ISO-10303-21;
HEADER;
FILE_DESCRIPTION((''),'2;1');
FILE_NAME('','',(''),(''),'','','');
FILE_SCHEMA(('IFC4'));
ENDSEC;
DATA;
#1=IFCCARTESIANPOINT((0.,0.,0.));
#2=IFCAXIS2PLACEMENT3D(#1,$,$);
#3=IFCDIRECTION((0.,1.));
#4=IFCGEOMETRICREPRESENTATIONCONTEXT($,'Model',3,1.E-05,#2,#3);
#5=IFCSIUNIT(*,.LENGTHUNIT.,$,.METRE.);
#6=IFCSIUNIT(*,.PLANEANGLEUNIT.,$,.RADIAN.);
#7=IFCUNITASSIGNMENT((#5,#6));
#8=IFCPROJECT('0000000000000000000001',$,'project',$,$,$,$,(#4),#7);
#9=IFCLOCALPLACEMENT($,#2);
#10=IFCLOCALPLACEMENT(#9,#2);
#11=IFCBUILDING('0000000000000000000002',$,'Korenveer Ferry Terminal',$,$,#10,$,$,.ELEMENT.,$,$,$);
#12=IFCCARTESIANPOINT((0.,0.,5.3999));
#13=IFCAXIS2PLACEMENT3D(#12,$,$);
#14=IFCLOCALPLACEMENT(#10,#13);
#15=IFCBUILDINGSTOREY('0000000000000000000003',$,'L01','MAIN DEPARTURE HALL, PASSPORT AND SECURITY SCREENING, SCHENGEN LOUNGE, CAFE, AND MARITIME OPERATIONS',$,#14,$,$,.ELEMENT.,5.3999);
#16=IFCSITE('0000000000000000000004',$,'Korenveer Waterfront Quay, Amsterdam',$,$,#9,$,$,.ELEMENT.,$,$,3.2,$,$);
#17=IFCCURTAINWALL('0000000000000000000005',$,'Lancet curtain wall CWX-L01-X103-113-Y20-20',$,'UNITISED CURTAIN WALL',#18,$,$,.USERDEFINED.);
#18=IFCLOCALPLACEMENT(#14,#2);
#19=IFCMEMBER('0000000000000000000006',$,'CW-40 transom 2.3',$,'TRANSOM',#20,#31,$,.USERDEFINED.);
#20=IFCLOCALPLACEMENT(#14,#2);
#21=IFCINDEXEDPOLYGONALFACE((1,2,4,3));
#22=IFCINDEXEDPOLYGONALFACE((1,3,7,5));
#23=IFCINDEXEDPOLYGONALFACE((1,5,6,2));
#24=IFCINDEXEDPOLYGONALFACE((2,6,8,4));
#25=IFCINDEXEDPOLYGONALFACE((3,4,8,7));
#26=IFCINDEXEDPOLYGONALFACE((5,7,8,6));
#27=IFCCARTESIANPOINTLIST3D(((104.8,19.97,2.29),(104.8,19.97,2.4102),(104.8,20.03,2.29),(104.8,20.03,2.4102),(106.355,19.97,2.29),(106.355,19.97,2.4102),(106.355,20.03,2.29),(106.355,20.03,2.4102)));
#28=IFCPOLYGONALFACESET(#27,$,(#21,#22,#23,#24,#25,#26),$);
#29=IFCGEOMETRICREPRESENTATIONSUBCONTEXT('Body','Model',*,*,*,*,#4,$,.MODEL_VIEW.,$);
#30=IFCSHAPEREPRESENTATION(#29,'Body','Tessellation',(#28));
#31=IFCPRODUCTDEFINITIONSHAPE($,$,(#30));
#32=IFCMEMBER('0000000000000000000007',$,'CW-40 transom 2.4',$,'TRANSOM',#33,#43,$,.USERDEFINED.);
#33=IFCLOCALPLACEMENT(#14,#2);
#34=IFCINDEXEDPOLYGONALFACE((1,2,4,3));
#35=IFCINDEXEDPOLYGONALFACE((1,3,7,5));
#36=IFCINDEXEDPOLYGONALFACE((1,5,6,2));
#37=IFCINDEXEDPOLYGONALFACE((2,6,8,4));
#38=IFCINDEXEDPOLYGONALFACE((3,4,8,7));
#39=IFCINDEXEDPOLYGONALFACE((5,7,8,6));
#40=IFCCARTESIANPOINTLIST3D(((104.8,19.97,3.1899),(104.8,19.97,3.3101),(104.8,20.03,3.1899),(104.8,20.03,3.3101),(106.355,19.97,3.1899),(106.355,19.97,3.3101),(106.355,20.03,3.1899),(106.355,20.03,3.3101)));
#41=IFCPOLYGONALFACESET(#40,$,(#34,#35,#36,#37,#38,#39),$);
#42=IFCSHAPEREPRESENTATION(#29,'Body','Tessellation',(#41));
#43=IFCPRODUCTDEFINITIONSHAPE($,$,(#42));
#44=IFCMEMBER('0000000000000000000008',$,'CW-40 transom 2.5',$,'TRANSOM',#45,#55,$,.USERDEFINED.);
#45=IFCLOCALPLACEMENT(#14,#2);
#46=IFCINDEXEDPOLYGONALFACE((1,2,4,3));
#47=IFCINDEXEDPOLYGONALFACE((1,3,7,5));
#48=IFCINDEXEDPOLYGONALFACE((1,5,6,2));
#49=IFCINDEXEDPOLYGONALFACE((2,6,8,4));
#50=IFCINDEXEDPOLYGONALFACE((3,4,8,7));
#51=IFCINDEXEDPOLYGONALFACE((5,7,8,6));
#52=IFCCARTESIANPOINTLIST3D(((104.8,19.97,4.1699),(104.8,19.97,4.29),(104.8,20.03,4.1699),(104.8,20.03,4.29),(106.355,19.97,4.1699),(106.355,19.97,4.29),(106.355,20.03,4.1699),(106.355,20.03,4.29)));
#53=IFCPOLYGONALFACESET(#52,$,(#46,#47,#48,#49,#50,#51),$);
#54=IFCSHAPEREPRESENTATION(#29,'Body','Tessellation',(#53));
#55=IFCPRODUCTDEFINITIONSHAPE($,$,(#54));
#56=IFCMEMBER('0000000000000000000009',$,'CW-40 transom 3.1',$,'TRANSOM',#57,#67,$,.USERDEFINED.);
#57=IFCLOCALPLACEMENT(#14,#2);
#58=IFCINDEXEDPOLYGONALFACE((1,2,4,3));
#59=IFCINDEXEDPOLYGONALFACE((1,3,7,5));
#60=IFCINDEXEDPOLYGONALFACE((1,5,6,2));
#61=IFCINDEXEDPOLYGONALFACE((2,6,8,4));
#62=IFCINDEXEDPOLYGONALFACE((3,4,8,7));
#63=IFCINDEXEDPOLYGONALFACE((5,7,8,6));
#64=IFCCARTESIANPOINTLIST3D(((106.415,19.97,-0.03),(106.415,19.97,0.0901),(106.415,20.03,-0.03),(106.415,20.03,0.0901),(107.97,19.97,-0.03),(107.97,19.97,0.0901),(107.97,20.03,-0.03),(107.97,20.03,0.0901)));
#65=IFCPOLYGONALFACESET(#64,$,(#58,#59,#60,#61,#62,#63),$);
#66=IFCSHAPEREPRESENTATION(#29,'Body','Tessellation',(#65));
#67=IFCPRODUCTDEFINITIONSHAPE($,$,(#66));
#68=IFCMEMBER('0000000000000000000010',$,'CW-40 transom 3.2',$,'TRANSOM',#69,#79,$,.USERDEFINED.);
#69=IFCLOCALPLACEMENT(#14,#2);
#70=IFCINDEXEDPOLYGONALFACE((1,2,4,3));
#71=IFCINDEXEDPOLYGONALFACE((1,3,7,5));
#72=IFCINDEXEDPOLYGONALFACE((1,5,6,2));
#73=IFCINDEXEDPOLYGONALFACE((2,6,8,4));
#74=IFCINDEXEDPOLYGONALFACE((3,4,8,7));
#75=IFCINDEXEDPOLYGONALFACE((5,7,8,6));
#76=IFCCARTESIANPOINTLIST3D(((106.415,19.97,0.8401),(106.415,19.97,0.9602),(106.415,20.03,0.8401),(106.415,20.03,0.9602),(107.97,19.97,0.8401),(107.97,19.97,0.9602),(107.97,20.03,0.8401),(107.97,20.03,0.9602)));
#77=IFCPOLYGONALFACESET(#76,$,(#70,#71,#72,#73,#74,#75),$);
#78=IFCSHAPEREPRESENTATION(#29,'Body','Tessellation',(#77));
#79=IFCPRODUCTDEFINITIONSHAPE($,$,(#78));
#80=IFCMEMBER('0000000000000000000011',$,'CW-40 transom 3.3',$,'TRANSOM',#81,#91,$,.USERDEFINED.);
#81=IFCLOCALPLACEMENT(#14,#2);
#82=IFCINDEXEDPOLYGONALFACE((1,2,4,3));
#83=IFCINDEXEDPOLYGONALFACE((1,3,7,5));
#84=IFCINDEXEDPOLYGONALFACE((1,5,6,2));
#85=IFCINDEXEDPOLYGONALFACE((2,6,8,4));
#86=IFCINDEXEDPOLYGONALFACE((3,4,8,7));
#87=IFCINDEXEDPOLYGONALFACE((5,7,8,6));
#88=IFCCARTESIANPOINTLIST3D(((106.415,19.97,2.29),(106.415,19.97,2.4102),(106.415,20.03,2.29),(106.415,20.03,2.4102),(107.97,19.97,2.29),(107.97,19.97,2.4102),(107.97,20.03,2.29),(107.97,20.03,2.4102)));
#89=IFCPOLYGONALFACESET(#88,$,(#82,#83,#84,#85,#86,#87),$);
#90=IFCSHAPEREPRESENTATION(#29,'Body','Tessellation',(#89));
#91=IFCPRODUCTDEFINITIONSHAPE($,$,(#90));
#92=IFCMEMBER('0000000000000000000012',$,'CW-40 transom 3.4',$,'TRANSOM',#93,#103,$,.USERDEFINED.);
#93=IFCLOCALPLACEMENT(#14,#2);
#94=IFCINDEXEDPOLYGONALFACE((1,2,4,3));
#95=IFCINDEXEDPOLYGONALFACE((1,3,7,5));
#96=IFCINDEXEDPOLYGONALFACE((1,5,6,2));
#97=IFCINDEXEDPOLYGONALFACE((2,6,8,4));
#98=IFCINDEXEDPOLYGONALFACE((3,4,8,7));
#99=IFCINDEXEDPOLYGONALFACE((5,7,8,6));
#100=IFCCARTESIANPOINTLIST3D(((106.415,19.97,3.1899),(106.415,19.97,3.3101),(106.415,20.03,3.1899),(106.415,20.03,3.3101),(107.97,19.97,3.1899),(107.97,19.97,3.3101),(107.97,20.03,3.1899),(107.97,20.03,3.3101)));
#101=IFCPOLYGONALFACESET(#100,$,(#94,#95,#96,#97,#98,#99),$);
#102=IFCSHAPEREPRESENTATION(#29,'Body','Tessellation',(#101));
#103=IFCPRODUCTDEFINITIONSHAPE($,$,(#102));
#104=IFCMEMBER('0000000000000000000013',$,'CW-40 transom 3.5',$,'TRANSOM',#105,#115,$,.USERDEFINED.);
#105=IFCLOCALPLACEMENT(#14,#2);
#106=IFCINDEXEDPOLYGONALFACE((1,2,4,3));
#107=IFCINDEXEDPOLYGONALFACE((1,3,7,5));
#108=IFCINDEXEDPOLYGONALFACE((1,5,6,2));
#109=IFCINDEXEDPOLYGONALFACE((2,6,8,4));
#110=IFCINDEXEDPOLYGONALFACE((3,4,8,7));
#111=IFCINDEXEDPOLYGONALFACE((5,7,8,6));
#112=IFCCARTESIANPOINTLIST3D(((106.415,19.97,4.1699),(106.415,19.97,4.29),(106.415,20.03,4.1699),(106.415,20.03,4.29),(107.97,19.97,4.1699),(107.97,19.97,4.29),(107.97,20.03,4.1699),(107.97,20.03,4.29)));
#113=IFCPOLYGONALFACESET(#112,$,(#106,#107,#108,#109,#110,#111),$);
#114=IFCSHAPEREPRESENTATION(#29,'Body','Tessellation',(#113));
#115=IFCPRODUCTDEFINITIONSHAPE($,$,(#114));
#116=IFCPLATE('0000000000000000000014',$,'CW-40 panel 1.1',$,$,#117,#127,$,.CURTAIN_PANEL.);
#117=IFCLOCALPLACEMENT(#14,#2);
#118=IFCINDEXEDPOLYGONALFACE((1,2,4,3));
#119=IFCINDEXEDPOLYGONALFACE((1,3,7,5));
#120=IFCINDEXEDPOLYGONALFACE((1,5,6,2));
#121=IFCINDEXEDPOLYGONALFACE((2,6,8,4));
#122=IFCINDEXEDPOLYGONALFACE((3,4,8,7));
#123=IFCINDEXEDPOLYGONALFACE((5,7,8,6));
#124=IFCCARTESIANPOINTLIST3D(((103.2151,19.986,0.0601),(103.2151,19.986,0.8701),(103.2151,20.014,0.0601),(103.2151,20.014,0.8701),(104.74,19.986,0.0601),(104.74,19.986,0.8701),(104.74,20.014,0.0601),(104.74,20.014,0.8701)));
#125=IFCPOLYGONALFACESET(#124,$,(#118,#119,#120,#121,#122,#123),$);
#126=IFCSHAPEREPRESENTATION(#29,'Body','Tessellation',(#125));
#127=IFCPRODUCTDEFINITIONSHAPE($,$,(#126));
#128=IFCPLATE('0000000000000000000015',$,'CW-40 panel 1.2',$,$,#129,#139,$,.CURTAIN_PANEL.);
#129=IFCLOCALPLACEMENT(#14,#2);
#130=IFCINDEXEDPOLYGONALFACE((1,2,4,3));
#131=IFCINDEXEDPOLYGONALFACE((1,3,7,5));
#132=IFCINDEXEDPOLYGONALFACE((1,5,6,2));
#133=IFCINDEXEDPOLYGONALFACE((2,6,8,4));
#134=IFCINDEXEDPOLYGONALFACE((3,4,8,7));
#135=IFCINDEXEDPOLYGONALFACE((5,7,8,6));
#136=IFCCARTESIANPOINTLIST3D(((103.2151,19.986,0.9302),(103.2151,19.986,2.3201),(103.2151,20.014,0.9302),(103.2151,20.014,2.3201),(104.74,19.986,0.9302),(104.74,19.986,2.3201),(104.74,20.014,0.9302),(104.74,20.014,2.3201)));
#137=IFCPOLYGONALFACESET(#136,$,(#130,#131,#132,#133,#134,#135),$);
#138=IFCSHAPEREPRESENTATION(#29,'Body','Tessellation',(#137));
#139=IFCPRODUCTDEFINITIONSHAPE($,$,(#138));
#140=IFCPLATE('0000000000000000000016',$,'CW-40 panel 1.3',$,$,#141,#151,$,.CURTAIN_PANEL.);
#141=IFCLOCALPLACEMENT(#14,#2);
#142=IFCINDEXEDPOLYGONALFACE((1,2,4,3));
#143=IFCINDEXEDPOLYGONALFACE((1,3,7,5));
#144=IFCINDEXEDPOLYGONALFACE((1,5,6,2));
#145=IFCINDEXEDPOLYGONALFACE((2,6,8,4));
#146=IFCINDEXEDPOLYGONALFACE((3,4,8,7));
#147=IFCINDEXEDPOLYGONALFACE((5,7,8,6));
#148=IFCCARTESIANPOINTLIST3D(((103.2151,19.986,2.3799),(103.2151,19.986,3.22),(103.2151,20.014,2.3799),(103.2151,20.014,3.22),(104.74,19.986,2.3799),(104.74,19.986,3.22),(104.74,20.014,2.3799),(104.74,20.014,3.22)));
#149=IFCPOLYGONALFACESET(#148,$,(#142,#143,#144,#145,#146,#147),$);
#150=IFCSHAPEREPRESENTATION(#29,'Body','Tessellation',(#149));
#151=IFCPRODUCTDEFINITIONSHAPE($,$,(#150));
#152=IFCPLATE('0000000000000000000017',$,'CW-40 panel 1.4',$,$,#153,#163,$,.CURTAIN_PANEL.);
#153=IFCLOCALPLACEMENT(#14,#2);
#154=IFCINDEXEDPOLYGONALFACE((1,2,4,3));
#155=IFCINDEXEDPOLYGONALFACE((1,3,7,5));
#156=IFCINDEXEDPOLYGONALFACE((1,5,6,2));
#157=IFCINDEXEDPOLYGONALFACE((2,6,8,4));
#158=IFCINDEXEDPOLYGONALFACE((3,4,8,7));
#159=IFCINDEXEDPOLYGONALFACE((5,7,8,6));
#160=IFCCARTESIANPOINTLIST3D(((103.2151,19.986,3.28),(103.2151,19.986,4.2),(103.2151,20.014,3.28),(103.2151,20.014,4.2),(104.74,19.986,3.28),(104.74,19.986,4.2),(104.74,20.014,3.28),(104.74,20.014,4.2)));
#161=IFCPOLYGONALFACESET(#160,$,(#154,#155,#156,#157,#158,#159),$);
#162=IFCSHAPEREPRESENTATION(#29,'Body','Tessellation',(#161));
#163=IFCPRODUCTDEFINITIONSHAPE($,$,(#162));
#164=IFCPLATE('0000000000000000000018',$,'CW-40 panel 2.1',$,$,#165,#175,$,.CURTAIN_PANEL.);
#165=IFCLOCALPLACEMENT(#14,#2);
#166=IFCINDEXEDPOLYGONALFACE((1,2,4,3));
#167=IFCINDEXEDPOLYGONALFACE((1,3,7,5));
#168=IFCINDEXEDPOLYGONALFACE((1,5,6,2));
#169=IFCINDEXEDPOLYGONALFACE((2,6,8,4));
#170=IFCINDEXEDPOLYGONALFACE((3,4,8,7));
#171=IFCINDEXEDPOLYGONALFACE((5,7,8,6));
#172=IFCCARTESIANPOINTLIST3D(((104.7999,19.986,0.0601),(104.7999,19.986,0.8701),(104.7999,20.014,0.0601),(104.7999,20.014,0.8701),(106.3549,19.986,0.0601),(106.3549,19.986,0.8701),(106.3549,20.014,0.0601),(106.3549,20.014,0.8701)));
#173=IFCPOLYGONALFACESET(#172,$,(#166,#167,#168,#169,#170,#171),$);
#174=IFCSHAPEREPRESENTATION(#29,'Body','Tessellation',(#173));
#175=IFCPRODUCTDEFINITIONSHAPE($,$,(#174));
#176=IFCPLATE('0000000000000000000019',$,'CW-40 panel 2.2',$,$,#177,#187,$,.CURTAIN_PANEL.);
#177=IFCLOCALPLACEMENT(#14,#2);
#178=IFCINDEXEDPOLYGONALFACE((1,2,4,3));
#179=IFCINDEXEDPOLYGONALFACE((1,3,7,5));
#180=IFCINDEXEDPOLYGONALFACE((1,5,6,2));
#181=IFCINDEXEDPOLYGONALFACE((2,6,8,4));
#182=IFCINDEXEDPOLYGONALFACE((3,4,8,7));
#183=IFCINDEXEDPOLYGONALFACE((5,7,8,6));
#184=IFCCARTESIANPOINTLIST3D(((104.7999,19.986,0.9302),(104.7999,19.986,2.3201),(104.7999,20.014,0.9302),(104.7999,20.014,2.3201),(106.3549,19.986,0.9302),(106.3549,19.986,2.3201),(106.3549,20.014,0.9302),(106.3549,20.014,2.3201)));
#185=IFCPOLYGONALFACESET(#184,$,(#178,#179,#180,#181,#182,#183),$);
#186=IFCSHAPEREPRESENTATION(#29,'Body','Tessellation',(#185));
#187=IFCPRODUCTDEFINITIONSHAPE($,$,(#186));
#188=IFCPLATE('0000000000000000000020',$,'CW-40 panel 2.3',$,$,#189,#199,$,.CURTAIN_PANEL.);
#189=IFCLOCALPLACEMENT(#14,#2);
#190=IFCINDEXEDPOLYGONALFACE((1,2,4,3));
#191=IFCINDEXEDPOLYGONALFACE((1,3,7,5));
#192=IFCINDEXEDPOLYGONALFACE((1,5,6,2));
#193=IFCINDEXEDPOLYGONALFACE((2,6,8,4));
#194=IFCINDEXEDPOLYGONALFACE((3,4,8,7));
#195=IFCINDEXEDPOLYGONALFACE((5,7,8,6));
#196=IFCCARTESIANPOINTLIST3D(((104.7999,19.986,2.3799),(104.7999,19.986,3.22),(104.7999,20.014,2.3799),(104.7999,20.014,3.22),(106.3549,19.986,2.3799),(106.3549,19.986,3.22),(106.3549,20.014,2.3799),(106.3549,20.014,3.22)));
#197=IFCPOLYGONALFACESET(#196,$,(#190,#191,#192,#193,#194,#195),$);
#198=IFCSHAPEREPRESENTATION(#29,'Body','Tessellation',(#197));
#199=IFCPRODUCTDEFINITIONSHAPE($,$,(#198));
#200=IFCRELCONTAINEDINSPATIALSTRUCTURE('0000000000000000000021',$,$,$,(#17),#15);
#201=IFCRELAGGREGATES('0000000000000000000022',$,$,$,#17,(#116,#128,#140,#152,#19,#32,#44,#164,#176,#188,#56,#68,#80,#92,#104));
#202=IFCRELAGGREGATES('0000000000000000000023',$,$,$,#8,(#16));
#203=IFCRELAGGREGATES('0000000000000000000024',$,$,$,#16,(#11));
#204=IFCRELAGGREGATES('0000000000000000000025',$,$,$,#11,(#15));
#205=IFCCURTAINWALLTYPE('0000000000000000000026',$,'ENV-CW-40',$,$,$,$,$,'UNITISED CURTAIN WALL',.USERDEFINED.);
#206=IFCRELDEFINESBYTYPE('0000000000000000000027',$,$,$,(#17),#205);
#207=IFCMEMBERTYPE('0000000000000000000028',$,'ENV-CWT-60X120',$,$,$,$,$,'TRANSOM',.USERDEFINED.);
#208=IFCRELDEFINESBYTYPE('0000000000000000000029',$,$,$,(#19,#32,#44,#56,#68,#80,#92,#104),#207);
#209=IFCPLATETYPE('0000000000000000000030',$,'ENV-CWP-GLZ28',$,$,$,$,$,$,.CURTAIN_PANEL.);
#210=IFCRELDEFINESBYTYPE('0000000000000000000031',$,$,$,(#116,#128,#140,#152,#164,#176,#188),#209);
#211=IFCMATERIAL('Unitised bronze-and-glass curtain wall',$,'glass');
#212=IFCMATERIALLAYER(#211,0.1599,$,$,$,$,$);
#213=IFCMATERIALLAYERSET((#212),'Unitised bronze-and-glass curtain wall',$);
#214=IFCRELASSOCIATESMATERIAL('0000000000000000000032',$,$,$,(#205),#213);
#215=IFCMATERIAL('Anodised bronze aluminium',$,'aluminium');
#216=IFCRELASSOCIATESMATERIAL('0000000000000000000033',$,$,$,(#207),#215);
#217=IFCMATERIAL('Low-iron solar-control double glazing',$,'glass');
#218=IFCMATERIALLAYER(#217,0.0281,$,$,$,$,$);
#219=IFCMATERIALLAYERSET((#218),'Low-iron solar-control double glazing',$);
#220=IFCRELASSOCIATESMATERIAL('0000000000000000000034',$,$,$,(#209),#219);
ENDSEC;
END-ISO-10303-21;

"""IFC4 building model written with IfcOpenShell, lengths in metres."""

from ifc_helpers import new_model, si_unit, direction, frame, origin, origin_2d, place, context, subcontext, project, spatial, rectangle, extrude, material, layer, layer_set, material_profile, profile_set, type_object, element, aggregate, save


model = new_model("IFC4")

# Units and contexts
model_context = context("Model", 3, precision=1e-05, world=origin(), true_north=direction((0.0, 1.0)))
body_context = subcontext(model_context, "Body", "Model", "MODEL_VIEW")
ifc_project = project(units=[si_unit("LENGTHUNIT", "METRE"), si_unit("PLANEANGLEUNIT", "RADIAN")], contexts=[model_context])

# Site, building, storey
site_placement = place(None, origin())
site = spatial("IfcSite", under=ifc_project, at=site_placement, Name="Korenveer Waterfront Quay, Amsterdam", CompositionType="ELEMENT", RefElevation=3.2)
building_placement = place(site_placement, origin())
building = spatial("IfcBuilding", under=site, at=building_placement, Name="Korenveer Ferry Terminal", CompositionType="ELEMENT")
storey_placement = place(building_placement, frame((0.0, 0.0, 5.3999)))
storey = spatial("IfcBuildingStorey", under=building, at=storey_placement, Name="L01", Description="MAIN DEPARTURE HALL, PASSPORT AND SECURITY SCREENING, SCHENGEN LOUNGE, CAFE, AND MARITIME OPERATIONS", CompositionType="ELEMENT", Elevation=5.3999)

# Curtain wall, members, plates
ifc_material_1 = material(Name="Unitised bronze-and-glass curtain wall", Category="glass")
ifc_layer_1 = layer(ifc_material_1, 0.1599)
ifc_layer_set_1 = layer_set([ifc_layer_1], Name="Unitised bronze-and-glass curtain wall")
curtain_wall_type = type_object("IfcCurtainWallType", Name="ENV-CW-40", ElementType="UNITISED CURTAIN WALL", PredefinedType="USERDEFINED", material=ifc_layer_set_1)
curtain_wall_placement = place(storey_placement, frame((103.155, 20.0, 0.0)))
curtain_wall = element("IfcCurtainWall", 1, at=curtain_wall_placement, inside=storey, type_object=curtain_wall_type, Name="Lancet curtain wall CWX-L01-X103-113-Y20-20", ObjectType="UNITISED CURTAIN WALL", PredefinedType="USERDEFINED")
ifc_material_2 = material(Name="Anodised bronze aluminium", Category="aluminium")
ifc_material_profile_1 = material_profile(ifc_material_2, rectangle(XDim=0.0601, YDim=0.1201, at=origin_2d()), Name="ALU 60x120")
ifc_profile_set_1 = profile_set([ifc_material_profile_1], Name="Anodised bronze aluminium")
member_type_1 = type_object("IfcMemberType", Name="ENV-CWT-60X120", ElementType="TRANSOM", PredefinedType="USERDEFINED", material=ifc_profile_set_1)
member_1_placement = place(storey_placement, frame((104.8, 20.0, 2.3501), z_axis=(1.0, 0.0, 0.0), x_axis=(0.0, 1.0, 0.0)))
member_1 = element("IfcMember", 2, at=member_1_placement, type_object=member_type_1, Name="CW-40 transom 2.3", ObjectType="TRANSOM", PredefinedType="USERDEFINED", context=body_context, shape_type="SweptSolid", body=[
    extrude(rectangle(XDim=0.0601, YDim=0.1201, at=origin_2d()), origin(), (0.0, 0.0, 1.0), 1.5549),
])
member_2_placement = place(storey_placement, frame((104.8, 20.0, 3.25), z_axis=(1.0, 0.0, 0.0), x_axis=(0.0, 1.0, 0.0)))
member_2 = element("IfcMember", 3, at=member_2_placement, type_object=member_type_1, Name="CW-40 transom 2.4", ObjectType="TRANSOM", PredefinedType="USERDEFINED", context=body_context, shape_type="SweptSolid", body=[
    extrude(rectangle(XDim=0.0601, YDim=0.1201, at=origin_2d()), origin(), (0.0, 0.0, 1.0), 1.5549),
])
member_3_placement = place(storey_placement, frame((104.8, 20.0, 4.23), z_axis=(1.0, 0.0, 0.0), x_axis=(0.0, 1.0, 0.0)))
member_3 = element("IfcMember", 4, at=member_3_placement, type_object=member_type_1, Name="CW-40 transom 2.5", ObjectType="TRANSOM", PredefinedType="USERDEFINED", context=body_context, shape_type="SweptSolid", body=[
    extrude(rectangle(XDim=0.0601, YDim=0.1201, at=origin_2d()), origin(), (0.0, 0.0, 1.0), 1.5549),
])
member_4_placement = place(storey_placement, frame((106.415, 20.0, 0.03), z_axis=(1.0, 0.0, 0.0), x_axis=(0.0, 1.0, 0.0)))
member_4 = element("IfcMember", 5, at=member_4_placement, type_object=member_type_1, Name="CW-40 transom 3.1", ObjectType="TRANSOM", PredefinedType="USERDEFINED", context=body_context, shape_type="SweptSolid", body=[
    extrude(rectangle(XDim=0.0601, YDim=0.1201, at=origin_2d()), origin(), (0.0, 0.0, 1.0), 1.5549),
])
member_5_placement = place(storey_placement, frame((106.415, 20.0, 0.9001), z_axis=(1.0, 0.0, 0.0), x_axis=(0.0, 1.0, 0.0)))
member_5 = element("IfcMember", 6, at=member_5_placement, type_object=member_type_1, Name="CW-40 transom 3.2", ObjectType="TRANSOM", PredefinedType="USERDEFINED", context=body_context, shape_type="SweptSolid", body=[
    extrude(rectangle(XDim=0.0601, YDim=0.1201, at=origin_2d()), origin(), (0.0, 0.0, 1.0), 1.5549),
])
member_6_placement = place(storey_placement, frame((106.415, 20.0, 2.3501), z_axis=(1.0, 0.0, 0.0), x_axis=(0.0, 1.0, 0.0)))
member_6 = element("IfcMember", 7, at=member_6_placement, type_object=member_type_1, Name="CW-40 transom 3.3", ObjectType="TRANSOM", PredefinedType="USERDEFINED", context=body_context, shape_type="SweptSolid", body=[
    extrude(rectangle(XDim=0.0601, YDim=0.1201, at=origin_2d()), origin(), (0.0, 0.0, 1.0), 1.5549),
])
member_7_placement = place(storey_placement, frame((106.415, 20.0, 3.25), z_axis=(1.0, 0.0, 0.0), x_axis=(0.0, 1.0, 0.0)))
member_7 = element("IfcMember", 8, at=member_7_placement, type_object=member_type_1, Name="CW-40 transom 3.4", ObjectType="TRANSOM", PredefinedType="USERDEFINED", context=body_context, shape_type="SweptSolid", body=[
    extrude(rectangle(XDim=0.0601, YDim=0.1201, at=origin_2d()), origin(), (0.0, 0.0, 1.0), 1.5549),
])
member_8_placement = place(storey_placement, frame((106.415, 20.0, 4.23), z_axis=(1.0, 0.0, 0.0), x_axis=(0.0, 1.0, 0.0)))
member_8 = element("IfcMember", 9, at=member_8_placement, type_object=member_type_1, Name="CW-40 transom 3.5", ObjectType="TRANSOM", PredefinedType="USERDEFINED", context=body_context, shape_type="SweptSolid", body=[
    extrude(rectangle(XDim=0.0601, YDim=0.1201, at=origin_2d()), origin(), (0.0, 0.0, 1.0), 1.5549),
])
ifc_material_3 = material(Name="Low-iron solar-control double glazing", Category="glass")
ifc_layer_2 = layer(ifc_material_3, 0.0281)
ifc_layer_set_2 = layer_set([ifc_layer_2], Name="Low-iron solar-control double glazing")
plate_type_1 = type_object("IfcPlateType", Name="ENV-CWP-GLZ28", PredefinedType="CURTAIN_PANEL", material=ifc_layer_set_2)
plate_1_placement = place(storey_placement, frame((103.9775, 20.0, 0.0601), z_axis=(0.0, 0.0, 1.0), x_axis=(1.0, 0.0, 0.0)))
plate_1 = element("IfcPlate", 10, at=plate_1_placement, type_object=plate_type_1, Name="CW-40 panel 1.1", PredefinedType="CURTAIN_PANEL", context=body_context, shape_type="SweptSolid", body=[
    extrude(rectangle(XDim=1.5249, YDim=0.0281, at=origin_2d()), origin(), (0.0, 0.0, 1.0), 0.8101),
])
plate_2_placement = place(storey_placement, frame((103.9775, 20.0, 0.9302), z_axis=(0.0, 0.0, 1.0), x_axis=(1.0, 0.0, 0.0)))
plate_2 = element("IfcPlate", 11, at=plate_2_placement, type_object=plate_type_1, Name="CW-40 panel 1.2", PredefinedType="CURTAIN_PANEL", context=body_context, shape_type="SweptSolid", body=[
    extrude(rectangle(XDim=1.5249, YDim=0.0281, at=origin_2d()), origin(), (0.0, 0.0, 1.0), 1.3899),
])
plate_3_placement = place(storey_placement, frame((103.9775, 20.0, 2.3799), z_axis=(0.0, 0.0, 1.0), x_axis=(1.0, 0.0, 0.0)))
plate_3 = element("IfcPlate", 12, at=plate_3_placement, type_object=plate_type_1, Name="CW-40 panel 1.3", PredefinedType="CURTAIN_PANEL", context=body_context, shape_type="SweptSolid", body=[
    extrude(rectangle(XDim=1.5249, YDim=0.0281, at=origin_2d()), origin(), (0.0, 0.0, 1.0), 0.8401),
])
plate_4_placement = place(storey_placement, frame((103.9775, 20.0, 3.28), z_axis=(0.0, 0.0, 1.0), x_axis=(1.0, 0.0, 0.0)))
plate_4 = element("IfcPlate", 13, at=plate_4_placement, type_object=plate_type_1, Name="CW-40 panel 1.4", PredefinedType="CURTAIN_PANEL", context=body_context, shape_type="SweptSolid", body=[
    extrude(rectangle(XDim=1.5249, YDim=0.0281, at=origin_2d()), origin(), (0.0, 0.0, 1.0), 0.9199),
])
plate_5_placement = place(storey_placement, frame((105.5774, 20.0, 0.0601), z_axis=(0.0, 0.0, 1.0), x_axis=(1.0, 0.0, 0.0)))
plate_5 = element("IfcPlate", 14, at=plate_5_placement, type_object=plate_type_1, Name="CW-40 panel 2.1", PredefinedType="CURTAIN_PANEL", context=body_context, shape_type="SweptSolid", body=[
    extrude(rectangle(XDim=1.5549, YDim=0.0281, at=origin_2d()), origin(), (0.0, 0.0, 1.0), 0.8101),
])
plate_6_placement = place(storey_placement, frame((105.5774, 20.0, 0.9302), z_axis=(0.0, 0.0, 1.0), x_axis=(1.0, 0.0, 0.0)))
plate_6 = element("IfcPlate", 15, at=plate_6_placement, type_object=plate_type_1, Name="CW-40 panel 2.2", PredefinedType="CURTAIN_PANEL", context=body_context, shape_type="SweptSolid", body=[
    extrude(rectangle(XDim=1.5549, YDim=0.0281, at=origin_2d()), origin(), (0.0, 0.0, 1.0), 1.3899),
])
plate_7_placement = place(storey_placement, frame((105.5774, 20.0, 2.3799), z_axis=(0.0, 0.0, 1.0), x_axis=(1.0, 0.0, 0.0)))
plate_7 = element("IfcPlate", 16, at=plate_7_placement, type_object=plate_type_1, Name="CW-40 panel 2.3", PredefinedType="CURTAIN_PANEL", context=body_context, shape_type="SweptSolid", body=[
    extrude(rectangle(XDim=1.5549, YDim=0.0281, at=origin_2d()), origin(), (0.0, 0.0, 1.0), 0.8401),
])
aggregate(curtain_wall, [plate_1, plate_2, plate_3, plate_4, member_1, member_2, member_3, plate_5, plate_6, plate_7, member_4, member_5, member_6, member_7, member_8])

save(model, "model.ifc")
